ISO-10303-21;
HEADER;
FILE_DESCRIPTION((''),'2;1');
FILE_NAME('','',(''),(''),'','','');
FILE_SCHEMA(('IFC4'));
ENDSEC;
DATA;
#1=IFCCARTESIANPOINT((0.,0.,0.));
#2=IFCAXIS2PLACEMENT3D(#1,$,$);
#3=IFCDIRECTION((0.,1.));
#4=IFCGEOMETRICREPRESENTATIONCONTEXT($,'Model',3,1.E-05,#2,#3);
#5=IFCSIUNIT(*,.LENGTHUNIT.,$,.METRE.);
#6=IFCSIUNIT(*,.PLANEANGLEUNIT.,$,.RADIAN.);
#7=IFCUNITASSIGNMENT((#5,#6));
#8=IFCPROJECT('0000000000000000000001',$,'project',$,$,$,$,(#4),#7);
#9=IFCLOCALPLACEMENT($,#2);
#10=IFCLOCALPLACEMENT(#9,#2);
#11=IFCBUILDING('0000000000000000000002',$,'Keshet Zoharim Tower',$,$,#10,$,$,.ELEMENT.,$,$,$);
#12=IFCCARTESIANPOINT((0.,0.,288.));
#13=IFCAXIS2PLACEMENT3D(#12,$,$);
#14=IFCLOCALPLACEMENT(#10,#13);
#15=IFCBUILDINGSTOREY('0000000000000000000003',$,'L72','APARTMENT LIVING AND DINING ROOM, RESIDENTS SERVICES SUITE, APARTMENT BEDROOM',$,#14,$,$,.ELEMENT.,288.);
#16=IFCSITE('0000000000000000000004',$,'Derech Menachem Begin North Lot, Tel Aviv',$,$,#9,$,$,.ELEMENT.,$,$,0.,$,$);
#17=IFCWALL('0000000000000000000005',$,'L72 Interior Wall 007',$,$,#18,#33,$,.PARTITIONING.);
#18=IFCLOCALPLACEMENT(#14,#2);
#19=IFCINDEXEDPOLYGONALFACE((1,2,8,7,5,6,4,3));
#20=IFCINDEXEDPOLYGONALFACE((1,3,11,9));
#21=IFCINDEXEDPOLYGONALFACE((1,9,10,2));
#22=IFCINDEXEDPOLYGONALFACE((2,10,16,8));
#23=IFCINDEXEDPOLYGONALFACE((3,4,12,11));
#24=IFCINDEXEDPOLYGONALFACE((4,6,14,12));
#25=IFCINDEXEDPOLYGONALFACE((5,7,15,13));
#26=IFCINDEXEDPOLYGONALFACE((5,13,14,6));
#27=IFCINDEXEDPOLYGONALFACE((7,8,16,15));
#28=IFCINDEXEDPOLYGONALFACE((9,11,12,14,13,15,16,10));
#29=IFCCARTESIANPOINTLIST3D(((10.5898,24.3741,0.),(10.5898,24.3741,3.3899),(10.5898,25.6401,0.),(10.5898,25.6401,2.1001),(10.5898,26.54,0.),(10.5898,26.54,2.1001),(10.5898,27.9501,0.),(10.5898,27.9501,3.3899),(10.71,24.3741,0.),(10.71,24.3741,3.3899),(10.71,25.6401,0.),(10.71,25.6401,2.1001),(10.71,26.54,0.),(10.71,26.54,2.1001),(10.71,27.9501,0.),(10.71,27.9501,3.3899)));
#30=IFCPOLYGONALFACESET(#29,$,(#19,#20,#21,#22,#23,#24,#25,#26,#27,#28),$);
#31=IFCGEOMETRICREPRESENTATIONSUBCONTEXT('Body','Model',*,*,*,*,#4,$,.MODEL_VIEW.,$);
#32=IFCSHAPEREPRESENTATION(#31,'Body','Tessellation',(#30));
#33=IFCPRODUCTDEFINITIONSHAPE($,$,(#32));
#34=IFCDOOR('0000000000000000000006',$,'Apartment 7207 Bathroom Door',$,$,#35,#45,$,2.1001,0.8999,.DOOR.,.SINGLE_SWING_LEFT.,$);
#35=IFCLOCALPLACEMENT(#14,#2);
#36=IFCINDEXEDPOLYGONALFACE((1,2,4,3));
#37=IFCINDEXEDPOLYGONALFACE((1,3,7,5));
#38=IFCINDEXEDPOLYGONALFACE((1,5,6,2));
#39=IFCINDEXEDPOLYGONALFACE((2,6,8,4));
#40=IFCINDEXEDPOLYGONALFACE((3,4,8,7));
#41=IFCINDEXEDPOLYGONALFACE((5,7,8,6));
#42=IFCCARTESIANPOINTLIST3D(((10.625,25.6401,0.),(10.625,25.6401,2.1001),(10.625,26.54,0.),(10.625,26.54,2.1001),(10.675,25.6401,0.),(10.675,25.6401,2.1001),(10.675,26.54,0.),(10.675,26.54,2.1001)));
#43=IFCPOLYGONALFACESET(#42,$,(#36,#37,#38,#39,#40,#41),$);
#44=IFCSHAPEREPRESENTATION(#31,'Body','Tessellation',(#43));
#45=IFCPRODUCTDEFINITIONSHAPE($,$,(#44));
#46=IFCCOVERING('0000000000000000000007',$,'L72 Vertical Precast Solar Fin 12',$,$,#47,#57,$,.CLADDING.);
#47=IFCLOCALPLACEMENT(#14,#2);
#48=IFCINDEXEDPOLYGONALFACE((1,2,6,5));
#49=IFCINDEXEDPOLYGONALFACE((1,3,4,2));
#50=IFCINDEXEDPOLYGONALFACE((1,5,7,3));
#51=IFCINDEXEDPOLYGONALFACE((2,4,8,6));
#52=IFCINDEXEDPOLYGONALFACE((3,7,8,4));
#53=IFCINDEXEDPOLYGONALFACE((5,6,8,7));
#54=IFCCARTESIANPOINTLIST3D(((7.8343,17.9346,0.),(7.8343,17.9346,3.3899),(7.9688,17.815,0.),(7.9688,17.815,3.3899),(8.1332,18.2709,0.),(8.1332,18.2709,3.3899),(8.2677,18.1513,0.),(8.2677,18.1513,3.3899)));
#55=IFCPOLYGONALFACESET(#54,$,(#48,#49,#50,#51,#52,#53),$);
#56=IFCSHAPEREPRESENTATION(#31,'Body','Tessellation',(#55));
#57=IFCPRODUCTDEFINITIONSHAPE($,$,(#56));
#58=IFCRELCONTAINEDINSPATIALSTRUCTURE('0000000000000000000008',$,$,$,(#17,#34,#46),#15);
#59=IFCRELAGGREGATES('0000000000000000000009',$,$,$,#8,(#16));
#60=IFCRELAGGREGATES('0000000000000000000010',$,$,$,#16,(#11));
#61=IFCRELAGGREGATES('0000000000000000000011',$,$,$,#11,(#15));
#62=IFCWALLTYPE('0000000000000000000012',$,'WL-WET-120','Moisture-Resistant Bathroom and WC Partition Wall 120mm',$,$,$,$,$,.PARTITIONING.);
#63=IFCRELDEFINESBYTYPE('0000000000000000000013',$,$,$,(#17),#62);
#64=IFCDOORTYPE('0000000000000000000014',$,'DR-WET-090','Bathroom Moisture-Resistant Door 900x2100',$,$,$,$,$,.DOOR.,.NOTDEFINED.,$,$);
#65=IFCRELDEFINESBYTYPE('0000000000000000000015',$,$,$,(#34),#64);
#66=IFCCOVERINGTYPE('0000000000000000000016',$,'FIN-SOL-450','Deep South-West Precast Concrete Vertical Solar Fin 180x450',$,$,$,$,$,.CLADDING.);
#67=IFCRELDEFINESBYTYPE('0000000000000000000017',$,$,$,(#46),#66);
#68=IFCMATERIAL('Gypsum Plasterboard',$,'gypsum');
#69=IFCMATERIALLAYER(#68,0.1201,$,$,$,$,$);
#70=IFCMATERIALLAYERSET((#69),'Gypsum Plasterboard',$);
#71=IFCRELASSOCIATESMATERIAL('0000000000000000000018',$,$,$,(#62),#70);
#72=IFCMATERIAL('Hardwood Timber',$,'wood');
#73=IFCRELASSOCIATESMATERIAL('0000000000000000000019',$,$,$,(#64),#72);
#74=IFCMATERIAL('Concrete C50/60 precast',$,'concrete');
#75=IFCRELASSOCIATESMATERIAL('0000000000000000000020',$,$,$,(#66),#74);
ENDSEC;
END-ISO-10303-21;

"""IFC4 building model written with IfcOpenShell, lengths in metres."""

from ifc_helpers import new_model, si_unit, direction, frame, frame_2d, origin, origin_2d, place, context, subcontext, project, spatial, rectangle, extrude, material, layer, layer_set, type_object, element, fill, save


model = new_model("IFC4")

# Units and contexts
model_context = context("Model", 3, precision=1e-05, world=origin(), true_north=direction((0.0, 1.0)))
body_context = subcontext(model_context, "Body", "Model", "MODEL_VIEW")
ifc_project = project(units=[si_unit("LENGTHUNIT", "METRE"), si_unit("PLANEANGLEUNIT", "RADIAN")], contexts=[model_context])

# Site, building, storey
site_placement = place(None, origin())
site = spatial("IfcSite", under=ifc_project, at=site_placement, Name="Derech Menachem Begin North Lot, Tel Aviv", CompositionType="ELEMENT", RefElevation=0.0)
building_placement = place(site_placement, origin())
building = spatial("IfcBuilding", under=site, at=building_placement, Name="Keshet Zoharim Tower", CompositionType="ELEMENT")
storey_placement = place(building_placement, frame((0.0, 0.0, 288.0)))
storey = spatial("IfcBuildingStorey", under=building, at=storey_placement, Name="L72", Description="APARTMENT LIVING AND DINING ROOM, RESIDENTS SERVICES SUITE, APARTMENT BEDROOM", CompositionType="ELEMENT", Elevation=288.0)

# Shared definitions
ifc_material_1 = material(Name="Gypsum Plasterboard", Category="gypsum")

# Shared definitions
ifc_material_2 = material(Name="Hardwood Timber", Category="wood")

# Wall, opening, door
ifc_layer_1 = layer(ifc_material_1, 0.1201)
ifc_layer_set_1 = layer_set([ifc_layer_1], Name="Gypsum Plasterboard")
wall_type_1 = type_object("IfcWallType", Name="WL-WET-120", Description="Moisture-Resistant Bathroom and WC Partition Wall 120mm", PredefinedType="PARTITIONING", material=ifc_layer_set_1)
wall_1_placement = place(storey_placement, frame((10.6499, 24.374, 0.0), z_axis=(0.0, 0.0, 1.0), x_axis=(0.0, 1.0, 0.0)))
wall_1 = element("IfcWall", 1, at=wall_1_placement, inside=storey, type_object=wall_type_1, Name="L72 Interior Wall 007", PredefinedType="PARTITIONING", context=body_context, shape_type="SweptSolid", body=[
    extrude(rectangle(XDim=3.5759, YDim=0.1201, at=frame_2d((1.7881, 0.0))), origin(), (0.0, 0.0, 1.0), 3.3899),
])
opening_1_placement = place(wall_1_placement, frame((1.2661, 0.0, 0.0)))
opening_1 = element("IfcOpeningElement", 2, at=opening_1_placement, cuts=wall_1, PredefinedType="OPENING", context=body_context, shape_type="SweptSolid", body=[
    extrude(rectangle(XDim=0.8999, YDim=2.1001, at=frame_2d((0.45, 1.05))), frame((0.0, 0.0701, 0.0), z_axis=(0.0, -1.0, 0.0), x_axis=(1.0, 0.0, 0.0)), (0.0, 0.0, 1.0), 0.1401),
])
door_type_1 = type_object("IfcDoorType", Name="DR-WET-090", Description="Bathroom Moisture-Resistant Door 900x2100", OperationType="NOTDEFINED", PredefinedType="DOOR", material=ifc_material_2)
door_1_placement = place(opening_1_placement, origin())
door_1 = element("IfcDoor", 3, at=door_1_placement, inside=storey, type_object=door_type_1, Name="Apartment 7207 Bathroom Door", OperationType="SINGLE_SWING_LEFT", OverallHeight=2.1001, OverallWidth=0.8999, PredefinedType="DOOR", context=body_context, shape_type="SweptSolid", body=[
    extrude(rectangle(XDim=0.8999, YDim=2.1001, at=frame_2d((0.45, 1.05))), frame((0.0, 0.0249, 0.0), z_axis=(0.0, -1.0, 0.0), x_axis=(1.0, 0.0, 0.0)), (0.0, 0.0, 1.0), 0.05),
])
fill(opening_1, door_1)

# Covering
ifc_material_3 = material(Name="Concrete C50/60 precast", Category="concrete")
covering_type = type_object("IfcCoveringType", Name="FIN-SOL-450", Description="Deep South-West Precast Concrete Vertical Solar Fin 180x450", PredefinedType="CLADDING", material=ifc_material_3)
covering_placement = place(storey_placement, frame((8.051, 18.043, 0.0), z_axis=(0.0, 0.0, 1.0), x_axis=(-0.747412, 0.664361, 0.0)))
element("IfcCovering", 4, at=covering_placement, inside=storey, type_object=covering_type, Name="L72 Vertical Precast Solar Fin 12", PredefinedType="CLADDING", context=body_context, shape_type="SweptSolid", body=[
    extrude(rectangle(XDim=0.1799, YDim=0.45, at=origin_2d()), origin(), (0.0, 0.0, 1.0), 3.3899),
])

save(model, "model.ifc")
